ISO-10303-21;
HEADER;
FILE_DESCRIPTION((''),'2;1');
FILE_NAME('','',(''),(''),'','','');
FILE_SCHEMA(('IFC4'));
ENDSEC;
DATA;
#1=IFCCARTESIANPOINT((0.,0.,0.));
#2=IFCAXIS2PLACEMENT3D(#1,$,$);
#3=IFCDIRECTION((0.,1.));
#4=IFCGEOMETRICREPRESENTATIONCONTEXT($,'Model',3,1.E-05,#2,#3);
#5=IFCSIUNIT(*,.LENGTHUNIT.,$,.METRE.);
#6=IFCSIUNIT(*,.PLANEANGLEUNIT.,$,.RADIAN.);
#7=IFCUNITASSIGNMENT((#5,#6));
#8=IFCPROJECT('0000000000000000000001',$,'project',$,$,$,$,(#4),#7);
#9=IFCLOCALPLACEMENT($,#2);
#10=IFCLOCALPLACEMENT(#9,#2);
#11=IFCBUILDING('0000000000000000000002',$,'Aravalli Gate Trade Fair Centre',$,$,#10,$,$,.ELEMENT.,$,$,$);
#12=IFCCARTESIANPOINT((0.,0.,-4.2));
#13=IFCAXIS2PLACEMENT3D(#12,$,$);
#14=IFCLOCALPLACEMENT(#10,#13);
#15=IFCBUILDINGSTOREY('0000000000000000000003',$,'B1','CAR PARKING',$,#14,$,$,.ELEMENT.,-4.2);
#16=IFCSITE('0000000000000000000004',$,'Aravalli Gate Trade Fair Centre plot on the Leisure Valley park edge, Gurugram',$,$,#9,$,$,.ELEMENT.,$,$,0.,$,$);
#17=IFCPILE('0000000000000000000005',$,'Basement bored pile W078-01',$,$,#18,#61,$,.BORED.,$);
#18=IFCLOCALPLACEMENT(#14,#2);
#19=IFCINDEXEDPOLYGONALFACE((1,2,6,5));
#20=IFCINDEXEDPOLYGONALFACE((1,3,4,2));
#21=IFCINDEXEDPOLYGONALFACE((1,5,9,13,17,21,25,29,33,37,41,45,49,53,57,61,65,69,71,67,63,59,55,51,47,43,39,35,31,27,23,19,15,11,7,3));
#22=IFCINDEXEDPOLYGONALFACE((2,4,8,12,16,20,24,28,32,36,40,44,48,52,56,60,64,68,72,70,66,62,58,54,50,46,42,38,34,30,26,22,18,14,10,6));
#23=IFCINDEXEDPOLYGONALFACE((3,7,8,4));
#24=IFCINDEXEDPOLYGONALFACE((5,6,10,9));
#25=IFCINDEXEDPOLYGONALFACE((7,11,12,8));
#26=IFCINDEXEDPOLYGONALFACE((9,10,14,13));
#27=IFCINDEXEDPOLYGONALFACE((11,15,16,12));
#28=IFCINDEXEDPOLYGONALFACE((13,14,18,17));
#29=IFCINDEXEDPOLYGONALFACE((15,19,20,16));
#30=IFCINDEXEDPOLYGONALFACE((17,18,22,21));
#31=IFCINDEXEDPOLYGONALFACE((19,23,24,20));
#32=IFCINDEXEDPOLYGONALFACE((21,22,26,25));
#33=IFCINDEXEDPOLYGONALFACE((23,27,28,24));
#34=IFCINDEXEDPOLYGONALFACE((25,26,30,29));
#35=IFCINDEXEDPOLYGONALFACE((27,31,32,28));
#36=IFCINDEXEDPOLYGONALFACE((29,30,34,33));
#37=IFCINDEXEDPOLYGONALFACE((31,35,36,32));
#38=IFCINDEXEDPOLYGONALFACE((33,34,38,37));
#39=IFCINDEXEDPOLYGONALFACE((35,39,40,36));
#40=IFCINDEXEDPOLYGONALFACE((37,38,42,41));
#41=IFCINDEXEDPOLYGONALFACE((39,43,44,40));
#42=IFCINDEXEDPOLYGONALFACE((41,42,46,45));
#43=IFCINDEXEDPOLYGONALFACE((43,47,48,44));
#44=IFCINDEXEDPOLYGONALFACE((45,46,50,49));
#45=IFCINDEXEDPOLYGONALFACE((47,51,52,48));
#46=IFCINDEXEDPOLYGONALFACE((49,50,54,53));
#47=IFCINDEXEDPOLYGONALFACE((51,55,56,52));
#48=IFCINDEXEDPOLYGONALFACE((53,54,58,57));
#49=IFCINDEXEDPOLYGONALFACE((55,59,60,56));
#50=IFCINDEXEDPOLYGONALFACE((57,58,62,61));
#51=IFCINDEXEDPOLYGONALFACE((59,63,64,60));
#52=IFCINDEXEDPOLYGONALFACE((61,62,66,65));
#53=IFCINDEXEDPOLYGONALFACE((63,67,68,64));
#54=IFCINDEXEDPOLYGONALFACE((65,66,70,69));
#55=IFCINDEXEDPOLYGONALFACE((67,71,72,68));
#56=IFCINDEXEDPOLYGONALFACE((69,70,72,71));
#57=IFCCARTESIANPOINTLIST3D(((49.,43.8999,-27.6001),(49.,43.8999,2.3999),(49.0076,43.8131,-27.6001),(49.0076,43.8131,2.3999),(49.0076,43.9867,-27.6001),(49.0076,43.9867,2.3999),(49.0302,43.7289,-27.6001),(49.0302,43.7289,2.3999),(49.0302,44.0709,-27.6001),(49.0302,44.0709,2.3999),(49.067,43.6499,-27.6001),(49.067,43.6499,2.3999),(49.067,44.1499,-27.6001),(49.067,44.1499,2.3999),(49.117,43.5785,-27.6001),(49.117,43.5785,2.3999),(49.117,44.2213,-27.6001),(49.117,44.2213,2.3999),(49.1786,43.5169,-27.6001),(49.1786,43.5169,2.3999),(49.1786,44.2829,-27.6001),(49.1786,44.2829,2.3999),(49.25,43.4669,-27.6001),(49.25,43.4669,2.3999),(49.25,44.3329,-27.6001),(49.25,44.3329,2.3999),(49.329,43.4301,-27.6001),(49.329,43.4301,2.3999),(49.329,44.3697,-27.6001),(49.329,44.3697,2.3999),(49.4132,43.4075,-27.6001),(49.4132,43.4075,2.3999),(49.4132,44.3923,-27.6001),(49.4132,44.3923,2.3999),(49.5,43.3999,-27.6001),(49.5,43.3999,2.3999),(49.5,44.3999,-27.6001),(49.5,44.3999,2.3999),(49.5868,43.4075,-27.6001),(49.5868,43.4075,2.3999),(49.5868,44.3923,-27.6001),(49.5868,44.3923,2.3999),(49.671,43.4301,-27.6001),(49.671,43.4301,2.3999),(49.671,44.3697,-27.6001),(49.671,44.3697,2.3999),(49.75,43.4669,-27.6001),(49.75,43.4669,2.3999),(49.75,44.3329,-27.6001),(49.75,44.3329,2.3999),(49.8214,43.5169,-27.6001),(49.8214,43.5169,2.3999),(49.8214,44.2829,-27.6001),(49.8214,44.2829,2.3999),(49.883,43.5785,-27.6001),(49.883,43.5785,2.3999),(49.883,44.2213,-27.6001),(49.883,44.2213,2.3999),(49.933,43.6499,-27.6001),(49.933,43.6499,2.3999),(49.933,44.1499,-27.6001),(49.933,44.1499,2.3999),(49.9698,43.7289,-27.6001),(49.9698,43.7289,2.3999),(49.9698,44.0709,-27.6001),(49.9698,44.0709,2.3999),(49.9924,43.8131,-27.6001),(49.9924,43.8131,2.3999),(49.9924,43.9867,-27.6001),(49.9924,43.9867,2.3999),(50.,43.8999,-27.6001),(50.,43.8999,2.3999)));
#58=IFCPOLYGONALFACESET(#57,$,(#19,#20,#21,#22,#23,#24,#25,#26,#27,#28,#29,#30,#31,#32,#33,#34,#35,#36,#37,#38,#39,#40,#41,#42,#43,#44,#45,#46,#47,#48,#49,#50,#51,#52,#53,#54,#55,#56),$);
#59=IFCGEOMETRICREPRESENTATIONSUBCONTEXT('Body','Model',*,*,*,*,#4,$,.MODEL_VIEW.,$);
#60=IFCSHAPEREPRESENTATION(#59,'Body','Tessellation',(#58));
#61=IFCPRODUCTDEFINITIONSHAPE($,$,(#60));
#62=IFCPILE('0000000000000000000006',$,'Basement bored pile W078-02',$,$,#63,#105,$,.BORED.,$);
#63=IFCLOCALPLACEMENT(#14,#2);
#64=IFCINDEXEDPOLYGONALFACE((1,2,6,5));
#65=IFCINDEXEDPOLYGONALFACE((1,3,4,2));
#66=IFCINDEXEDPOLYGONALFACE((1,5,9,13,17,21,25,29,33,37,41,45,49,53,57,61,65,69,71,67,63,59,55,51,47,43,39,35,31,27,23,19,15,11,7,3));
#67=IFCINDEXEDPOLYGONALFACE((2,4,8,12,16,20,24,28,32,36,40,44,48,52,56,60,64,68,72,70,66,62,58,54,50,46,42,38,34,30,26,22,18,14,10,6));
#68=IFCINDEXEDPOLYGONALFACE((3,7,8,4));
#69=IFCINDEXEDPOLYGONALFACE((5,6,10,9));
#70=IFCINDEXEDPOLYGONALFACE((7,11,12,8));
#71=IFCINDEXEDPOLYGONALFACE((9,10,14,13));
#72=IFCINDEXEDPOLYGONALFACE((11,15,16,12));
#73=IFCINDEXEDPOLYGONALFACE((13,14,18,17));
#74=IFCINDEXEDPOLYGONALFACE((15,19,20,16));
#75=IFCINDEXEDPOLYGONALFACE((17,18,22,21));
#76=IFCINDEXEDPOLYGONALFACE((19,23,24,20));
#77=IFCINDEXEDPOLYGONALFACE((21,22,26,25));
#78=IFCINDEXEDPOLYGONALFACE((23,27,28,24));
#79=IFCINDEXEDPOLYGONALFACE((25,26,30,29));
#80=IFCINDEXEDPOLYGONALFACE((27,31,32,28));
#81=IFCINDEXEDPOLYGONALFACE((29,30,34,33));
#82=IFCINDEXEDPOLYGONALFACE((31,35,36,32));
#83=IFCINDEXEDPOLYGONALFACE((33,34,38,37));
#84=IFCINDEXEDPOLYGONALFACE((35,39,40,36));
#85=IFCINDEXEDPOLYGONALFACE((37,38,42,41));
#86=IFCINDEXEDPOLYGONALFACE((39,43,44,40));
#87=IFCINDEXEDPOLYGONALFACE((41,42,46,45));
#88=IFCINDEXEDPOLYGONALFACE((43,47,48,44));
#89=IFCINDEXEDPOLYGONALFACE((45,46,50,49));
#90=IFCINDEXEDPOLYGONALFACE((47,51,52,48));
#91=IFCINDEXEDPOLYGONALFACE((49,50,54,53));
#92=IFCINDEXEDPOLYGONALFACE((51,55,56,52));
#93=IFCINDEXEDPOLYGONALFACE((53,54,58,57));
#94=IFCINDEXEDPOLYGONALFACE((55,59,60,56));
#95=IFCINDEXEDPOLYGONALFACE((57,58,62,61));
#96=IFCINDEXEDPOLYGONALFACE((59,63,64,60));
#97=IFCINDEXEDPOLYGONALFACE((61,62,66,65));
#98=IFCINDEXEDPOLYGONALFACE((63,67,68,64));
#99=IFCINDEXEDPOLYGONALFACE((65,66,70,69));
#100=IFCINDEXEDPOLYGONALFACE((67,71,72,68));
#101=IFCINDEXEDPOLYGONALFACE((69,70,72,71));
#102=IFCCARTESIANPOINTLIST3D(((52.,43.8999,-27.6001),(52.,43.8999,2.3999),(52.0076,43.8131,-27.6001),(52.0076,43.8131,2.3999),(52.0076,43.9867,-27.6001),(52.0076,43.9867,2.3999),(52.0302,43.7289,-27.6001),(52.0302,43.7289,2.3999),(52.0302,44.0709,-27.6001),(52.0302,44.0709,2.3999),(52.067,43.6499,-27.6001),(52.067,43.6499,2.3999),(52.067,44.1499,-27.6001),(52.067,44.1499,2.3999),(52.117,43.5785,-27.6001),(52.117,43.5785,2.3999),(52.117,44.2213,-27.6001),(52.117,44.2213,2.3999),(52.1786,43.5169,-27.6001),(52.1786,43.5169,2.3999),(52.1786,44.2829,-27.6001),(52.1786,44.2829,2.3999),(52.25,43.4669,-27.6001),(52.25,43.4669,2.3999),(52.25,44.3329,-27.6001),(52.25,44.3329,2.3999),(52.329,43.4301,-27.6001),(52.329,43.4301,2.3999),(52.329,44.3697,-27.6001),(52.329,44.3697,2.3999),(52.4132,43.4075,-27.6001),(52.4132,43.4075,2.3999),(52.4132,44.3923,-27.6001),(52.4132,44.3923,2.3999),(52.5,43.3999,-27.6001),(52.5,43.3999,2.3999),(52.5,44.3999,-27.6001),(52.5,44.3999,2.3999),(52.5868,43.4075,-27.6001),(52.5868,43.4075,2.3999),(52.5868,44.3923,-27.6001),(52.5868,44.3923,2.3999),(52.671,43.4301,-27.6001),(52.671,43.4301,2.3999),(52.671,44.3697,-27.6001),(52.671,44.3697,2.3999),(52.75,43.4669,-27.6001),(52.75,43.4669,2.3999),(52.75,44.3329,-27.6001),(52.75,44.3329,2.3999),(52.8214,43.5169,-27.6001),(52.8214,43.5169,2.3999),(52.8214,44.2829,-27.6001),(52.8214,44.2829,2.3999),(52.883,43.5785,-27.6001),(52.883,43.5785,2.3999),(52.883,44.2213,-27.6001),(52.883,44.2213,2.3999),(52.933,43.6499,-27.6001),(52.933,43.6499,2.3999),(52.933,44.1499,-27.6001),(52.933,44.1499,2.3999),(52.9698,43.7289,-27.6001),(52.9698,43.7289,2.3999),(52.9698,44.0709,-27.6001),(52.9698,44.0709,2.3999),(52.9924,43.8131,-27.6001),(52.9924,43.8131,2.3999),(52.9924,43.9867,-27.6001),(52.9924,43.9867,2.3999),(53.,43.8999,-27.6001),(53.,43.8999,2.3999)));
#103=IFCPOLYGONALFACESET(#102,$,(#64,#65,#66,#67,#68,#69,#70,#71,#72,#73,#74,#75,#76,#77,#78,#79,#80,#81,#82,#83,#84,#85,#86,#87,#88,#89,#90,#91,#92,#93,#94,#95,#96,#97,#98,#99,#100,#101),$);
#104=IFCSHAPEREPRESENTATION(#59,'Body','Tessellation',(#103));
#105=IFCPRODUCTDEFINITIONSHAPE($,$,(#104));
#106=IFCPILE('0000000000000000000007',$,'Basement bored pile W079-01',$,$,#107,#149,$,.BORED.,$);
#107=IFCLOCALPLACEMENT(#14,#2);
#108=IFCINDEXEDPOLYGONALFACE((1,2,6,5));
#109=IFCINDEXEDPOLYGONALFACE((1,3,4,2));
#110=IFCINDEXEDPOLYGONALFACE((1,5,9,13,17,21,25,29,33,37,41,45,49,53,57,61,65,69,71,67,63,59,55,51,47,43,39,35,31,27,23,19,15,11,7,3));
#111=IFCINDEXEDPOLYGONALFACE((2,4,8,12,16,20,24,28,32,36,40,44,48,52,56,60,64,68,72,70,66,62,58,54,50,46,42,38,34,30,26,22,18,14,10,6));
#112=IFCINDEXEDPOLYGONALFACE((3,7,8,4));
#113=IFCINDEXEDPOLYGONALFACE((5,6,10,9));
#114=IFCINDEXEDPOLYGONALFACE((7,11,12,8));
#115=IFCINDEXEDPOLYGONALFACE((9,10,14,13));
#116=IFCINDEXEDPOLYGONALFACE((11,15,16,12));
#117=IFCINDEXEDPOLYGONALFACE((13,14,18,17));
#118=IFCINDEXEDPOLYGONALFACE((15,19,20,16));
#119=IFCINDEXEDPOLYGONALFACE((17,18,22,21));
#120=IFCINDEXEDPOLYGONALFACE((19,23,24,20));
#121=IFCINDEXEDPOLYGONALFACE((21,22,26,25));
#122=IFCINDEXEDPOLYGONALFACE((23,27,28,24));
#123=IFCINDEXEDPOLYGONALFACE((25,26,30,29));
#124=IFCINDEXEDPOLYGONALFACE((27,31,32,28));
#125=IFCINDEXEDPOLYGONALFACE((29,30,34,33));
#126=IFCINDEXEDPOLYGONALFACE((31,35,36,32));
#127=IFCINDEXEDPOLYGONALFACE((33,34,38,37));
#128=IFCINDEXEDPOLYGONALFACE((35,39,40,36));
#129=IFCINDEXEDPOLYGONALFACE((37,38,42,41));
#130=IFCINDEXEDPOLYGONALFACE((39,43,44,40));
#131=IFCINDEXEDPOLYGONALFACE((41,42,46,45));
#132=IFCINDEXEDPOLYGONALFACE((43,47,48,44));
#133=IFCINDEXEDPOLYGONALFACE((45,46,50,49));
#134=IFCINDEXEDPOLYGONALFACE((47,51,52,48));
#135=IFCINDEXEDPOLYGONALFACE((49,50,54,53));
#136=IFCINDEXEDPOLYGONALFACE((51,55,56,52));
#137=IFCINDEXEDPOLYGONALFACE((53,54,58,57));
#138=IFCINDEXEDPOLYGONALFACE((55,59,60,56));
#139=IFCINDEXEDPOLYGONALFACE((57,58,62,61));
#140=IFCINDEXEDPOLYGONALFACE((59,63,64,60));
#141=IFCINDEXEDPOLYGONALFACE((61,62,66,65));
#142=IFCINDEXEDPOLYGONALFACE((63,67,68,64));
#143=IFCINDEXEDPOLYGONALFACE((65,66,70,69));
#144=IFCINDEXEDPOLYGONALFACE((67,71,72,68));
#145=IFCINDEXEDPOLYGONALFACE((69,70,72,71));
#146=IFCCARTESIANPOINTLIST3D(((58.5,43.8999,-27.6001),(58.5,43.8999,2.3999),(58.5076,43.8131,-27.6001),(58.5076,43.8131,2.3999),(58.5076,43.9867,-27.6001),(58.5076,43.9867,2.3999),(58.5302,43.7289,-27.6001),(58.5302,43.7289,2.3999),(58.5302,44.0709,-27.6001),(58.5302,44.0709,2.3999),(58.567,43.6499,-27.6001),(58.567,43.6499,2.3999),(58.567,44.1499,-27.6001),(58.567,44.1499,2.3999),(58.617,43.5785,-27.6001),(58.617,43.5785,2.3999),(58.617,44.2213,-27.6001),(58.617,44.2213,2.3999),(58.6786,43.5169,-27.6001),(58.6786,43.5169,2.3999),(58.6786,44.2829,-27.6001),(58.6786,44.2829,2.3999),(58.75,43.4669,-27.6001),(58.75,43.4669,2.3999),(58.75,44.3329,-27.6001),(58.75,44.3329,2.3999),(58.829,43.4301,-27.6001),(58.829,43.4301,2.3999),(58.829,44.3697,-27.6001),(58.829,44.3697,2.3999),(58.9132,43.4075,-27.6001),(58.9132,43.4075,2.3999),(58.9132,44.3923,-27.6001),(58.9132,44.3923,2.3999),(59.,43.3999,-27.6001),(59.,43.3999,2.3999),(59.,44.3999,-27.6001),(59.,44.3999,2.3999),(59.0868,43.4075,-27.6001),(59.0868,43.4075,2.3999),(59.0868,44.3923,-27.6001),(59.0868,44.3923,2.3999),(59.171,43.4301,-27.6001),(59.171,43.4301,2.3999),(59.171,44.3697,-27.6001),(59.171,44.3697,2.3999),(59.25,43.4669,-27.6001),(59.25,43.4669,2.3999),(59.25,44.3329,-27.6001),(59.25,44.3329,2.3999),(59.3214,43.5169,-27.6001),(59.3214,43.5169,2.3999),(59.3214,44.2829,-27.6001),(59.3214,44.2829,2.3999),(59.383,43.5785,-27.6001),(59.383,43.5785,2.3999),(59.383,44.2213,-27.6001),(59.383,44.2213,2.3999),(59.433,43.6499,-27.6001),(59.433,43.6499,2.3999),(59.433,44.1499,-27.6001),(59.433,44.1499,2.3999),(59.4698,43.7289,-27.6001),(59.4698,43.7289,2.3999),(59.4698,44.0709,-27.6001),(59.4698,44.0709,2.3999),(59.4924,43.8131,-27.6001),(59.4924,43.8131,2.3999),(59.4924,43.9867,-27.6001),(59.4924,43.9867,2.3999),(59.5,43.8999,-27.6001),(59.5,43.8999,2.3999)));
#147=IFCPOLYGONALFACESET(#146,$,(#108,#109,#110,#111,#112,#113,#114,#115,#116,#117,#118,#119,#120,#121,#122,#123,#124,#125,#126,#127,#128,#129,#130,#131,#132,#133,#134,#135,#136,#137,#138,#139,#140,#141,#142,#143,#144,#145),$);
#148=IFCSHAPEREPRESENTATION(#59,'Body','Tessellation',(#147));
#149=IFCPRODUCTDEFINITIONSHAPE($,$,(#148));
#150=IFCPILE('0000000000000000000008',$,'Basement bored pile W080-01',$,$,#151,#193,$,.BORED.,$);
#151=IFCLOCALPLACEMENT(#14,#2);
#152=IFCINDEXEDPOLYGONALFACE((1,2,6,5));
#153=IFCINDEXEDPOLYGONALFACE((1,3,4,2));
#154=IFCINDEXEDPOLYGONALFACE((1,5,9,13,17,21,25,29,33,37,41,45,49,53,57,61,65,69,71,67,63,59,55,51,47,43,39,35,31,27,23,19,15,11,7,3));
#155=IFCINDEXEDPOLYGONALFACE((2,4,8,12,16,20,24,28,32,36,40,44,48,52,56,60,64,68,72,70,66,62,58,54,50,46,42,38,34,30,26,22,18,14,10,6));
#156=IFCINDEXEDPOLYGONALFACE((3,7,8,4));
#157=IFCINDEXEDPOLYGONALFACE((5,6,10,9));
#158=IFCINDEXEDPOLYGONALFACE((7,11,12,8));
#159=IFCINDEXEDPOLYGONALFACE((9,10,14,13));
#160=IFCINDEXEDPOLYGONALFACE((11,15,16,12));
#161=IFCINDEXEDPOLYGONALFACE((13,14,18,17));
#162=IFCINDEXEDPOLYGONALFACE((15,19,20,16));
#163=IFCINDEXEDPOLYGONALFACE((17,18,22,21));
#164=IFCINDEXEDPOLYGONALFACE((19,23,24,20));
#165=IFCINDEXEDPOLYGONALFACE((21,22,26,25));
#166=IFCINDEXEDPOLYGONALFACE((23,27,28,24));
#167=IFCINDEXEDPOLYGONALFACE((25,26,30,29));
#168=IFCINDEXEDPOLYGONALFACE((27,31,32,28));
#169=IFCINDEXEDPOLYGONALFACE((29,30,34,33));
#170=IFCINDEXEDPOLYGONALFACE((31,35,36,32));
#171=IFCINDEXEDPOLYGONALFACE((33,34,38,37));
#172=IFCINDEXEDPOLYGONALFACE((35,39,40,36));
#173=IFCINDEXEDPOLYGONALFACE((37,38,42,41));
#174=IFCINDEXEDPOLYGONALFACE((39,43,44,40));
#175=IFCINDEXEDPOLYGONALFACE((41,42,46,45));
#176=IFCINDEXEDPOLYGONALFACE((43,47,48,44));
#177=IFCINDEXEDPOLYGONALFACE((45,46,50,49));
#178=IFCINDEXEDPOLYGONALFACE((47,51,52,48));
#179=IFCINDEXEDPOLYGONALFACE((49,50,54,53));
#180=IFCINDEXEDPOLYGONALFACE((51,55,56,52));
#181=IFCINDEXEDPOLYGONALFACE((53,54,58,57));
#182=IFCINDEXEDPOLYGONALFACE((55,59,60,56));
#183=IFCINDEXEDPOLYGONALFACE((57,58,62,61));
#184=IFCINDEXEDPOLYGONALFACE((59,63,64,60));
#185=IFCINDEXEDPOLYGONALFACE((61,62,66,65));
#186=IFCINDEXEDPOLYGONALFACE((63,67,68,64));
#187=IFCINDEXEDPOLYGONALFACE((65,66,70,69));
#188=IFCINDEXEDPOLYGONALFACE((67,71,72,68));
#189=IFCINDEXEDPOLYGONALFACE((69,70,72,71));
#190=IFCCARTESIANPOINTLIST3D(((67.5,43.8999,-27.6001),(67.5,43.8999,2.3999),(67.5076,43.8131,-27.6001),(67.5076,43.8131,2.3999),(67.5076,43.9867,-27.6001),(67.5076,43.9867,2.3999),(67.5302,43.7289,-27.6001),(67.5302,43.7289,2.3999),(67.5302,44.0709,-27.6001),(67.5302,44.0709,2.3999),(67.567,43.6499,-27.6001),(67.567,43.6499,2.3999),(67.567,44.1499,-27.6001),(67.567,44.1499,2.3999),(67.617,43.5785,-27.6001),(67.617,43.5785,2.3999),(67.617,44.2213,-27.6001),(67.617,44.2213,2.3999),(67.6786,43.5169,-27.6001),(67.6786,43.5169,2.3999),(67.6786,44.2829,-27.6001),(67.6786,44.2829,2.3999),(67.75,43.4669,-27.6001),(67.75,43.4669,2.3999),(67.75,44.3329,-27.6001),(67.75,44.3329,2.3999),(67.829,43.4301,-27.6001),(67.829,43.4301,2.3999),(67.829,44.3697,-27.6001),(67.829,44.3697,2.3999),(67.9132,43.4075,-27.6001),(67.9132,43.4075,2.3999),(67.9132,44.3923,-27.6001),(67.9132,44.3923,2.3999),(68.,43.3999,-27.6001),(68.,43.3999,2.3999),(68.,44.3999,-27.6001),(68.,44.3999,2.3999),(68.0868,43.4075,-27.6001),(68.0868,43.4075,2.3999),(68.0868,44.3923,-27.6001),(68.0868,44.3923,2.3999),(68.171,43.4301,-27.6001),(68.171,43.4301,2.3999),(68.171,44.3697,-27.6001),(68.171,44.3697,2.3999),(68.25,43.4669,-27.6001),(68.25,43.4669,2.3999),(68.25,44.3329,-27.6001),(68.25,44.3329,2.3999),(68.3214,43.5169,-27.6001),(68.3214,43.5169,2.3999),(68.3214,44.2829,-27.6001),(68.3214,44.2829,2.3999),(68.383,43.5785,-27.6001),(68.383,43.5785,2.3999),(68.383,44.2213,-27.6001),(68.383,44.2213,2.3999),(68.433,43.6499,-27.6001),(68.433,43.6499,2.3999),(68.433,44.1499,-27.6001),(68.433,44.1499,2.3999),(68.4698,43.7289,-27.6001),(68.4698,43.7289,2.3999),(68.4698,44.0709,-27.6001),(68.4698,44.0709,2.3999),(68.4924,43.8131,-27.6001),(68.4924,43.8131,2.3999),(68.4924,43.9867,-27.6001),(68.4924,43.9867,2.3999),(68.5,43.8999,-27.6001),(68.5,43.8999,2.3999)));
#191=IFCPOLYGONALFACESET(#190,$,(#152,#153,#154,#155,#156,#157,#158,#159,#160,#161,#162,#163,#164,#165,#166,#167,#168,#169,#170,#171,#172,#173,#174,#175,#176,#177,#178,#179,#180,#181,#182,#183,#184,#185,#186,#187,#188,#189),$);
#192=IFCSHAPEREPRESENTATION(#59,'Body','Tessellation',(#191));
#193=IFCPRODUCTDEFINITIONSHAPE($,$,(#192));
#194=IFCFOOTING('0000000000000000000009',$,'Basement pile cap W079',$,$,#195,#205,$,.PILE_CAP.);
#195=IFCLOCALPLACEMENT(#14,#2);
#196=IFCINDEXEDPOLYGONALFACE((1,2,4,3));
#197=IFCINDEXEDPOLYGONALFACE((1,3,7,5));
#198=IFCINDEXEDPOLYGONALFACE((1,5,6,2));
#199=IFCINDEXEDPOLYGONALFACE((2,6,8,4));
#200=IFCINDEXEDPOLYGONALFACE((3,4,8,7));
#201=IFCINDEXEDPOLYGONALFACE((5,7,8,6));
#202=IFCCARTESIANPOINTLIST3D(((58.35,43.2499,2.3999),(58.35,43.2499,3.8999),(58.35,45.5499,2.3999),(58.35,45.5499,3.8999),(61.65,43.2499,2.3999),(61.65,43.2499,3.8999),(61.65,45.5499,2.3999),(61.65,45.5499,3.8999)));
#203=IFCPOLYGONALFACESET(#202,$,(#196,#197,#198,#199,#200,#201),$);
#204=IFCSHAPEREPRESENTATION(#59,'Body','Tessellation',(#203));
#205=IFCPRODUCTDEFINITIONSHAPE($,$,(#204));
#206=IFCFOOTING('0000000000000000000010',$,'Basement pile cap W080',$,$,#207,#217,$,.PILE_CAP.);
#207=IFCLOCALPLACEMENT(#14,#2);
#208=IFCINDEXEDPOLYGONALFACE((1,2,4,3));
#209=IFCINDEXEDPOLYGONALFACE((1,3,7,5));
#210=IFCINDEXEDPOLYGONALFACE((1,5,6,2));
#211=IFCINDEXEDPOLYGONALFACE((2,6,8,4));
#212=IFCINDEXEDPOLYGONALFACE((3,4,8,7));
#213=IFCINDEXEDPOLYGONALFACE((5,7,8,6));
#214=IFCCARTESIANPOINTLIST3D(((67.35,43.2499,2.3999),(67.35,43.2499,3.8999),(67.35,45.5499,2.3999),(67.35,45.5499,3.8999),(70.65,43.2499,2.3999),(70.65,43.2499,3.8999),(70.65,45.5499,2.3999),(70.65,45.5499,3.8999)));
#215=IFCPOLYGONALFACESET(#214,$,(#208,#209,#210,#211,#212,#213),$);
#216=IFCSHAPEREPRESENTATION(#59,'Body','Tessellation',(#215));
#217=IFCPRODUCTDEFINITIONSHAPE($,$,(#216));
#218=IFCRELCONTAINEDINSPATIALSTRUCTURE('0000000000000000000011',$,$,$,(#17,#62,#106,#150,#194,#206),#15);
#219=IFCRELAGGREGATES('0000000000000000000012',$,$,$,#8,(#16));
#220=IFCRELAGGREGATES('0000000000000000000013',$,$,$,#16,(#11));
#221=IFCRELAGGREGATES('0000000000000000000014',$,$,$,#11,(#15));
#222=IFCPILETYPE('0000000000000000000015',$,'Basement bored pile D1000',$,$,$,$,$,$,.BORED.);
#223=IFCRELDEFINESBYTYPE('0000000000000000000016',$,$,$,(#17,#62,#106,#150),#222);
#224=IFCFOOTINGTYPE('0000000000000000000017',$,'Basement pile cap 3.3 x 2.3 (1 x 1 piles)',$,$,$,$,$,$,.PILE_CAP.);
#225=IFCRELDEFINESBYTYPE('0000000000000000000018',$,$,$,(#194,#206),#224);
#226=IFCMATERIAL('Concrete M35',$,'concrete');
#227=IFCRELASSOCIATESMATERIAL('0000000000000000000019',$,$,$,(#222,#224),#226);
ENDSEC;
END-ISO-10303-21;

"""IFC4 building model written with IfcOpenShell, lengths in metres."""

from ifc_helpers import new_model, si_unit, direction, frame, origin, origin_2d, place, context, subcontext, project, spatial, rectangle, circle, extrude, material, material_profile, profile_set, type_object, element, save


model = new_model("IFC4")

# Units and contexts
model_context = context("Model", 3, precision=1e-05, world=origin(), true_north=direction((0.0, 1.0)))
body_context = subcontext(model_context, "Body", "Model", "MODEL_VIEW")
ifc_project = project(units=[si_unit("LENGTHUNIT", "METRE"), si_unit("PLANEANGLEUNIT", "RADIAN")], contexts=[model_context])

# Site, building, storey
site_placement = place(None, origin())
site = spatial("IfcSite", under=ifc_project, at=site_placement, Name="Aravalli Gate Trade Fair Centre plot on the Leisure Valley park edge, Gurugram", CompositionType="ELEMENT", RefElevation=0.0)
building_placement = place(site_placement, origin())
building = spatial("IfcBuilding", under=site, at=building_placement, Name="Aravalli Gate Trade Fair Centre", CompositionType="ELEMENT")
storey_placement = place(building_placement, frame((0.0, 0.0, -4.2)))
storey = spatial("IfcBuildingStorey", under=building, at=storey_placement, Name="B1", Description="CAR PARKING", CompositionType="ELEMENT", Elevation=-4.2)

# Piles
ifc_material_1 = material(Name="Concrete M35", Category="concrete")
ifc_material_profile_1 = material_profile(ifc_material_1, circle(Radius=0.5, at=origin_2d()), Name="D1000")
ifc_profile_set_1 = profile_set([ifc_material_profile_1], Name="Concrete M35")
pile_type = type_object("IfcPileType", Name="Basement bored pile D1000", PredefinedType="BORED", material=ifc_profile_set_1)
for number, where, z_axis, x_axis, name in (
    (1, (49.5, 43.8999, 2.3999), (0.0, 0.0, -1.0), (1.0, 0.0, 0.0), "Basement bored pile W078-01"),
    (2, (52.5, 43.8999, 2.3999), (0.0, 0.0, -1.0), (1.0, 0.0, 0.0), "Basement bored pile W078-02"),
    (3, (59.0, 43.8999, 2.3999), (0.0, 0.0, -1.0), (1.0, 0.0, 0.0), "Basement bored pile W079-01"),
    (4, (68.0, 43.8999, 2.3999), (0.0, 0.0, -1.0), (1.0, 0.0, 0.0), "Basement bored pile W080-01"),
):
    element("IfcPile", number, at=place(storey_placement, frame(where, z_axis=z_axis, x_axis=x_axis)), inside=storey, type_object=pile_type, Name=name, PredefinedType="BORED", context=body_context, shape_type="SweptSolid", body=[
        extrude(circle(Radius=0.5, at=origin_2d()), origin(), (0.0, 0.0, 1.0), 30.0),
    ])

# Footings
footing_type_1 = type_object("IfcFootingType", Name="Basement pile cap 3.3 x 2.3 (1 x 1 piles)", PredefinedType="PILE_CAP", material=ifc_material_1)
for number, where, z_axis, x_axis, name in (
    (5, (60.0, 44.3999, 2.3999), (0.0, 0.0, 1.0), (1.0, 0.0, 0.0), "Basement pile cap W079"),
    (6, (69.0, 44.3999, 2.3999), (0.0, 0.0, 1.0), (1.0, 0.0, 0.0), "Basement pile cap W080"),
):
    element("IfcFooting", number, at=place(storey_placement, frame(where, z_axis=z_axis, x_axis=x_axis)), inside=storey, type_object=footing_type_1, Name=name, PredefinedType="PILE_CAP", context=body_context, shape_type="SweptSolid", body=[
        extrude(rectangle(XDim=3.3, YDim=2.3, at=origin_2d()), origin(), (0.0, 0.0, 1.0), 1.5),
    ])

save(model, "model.ifc")
